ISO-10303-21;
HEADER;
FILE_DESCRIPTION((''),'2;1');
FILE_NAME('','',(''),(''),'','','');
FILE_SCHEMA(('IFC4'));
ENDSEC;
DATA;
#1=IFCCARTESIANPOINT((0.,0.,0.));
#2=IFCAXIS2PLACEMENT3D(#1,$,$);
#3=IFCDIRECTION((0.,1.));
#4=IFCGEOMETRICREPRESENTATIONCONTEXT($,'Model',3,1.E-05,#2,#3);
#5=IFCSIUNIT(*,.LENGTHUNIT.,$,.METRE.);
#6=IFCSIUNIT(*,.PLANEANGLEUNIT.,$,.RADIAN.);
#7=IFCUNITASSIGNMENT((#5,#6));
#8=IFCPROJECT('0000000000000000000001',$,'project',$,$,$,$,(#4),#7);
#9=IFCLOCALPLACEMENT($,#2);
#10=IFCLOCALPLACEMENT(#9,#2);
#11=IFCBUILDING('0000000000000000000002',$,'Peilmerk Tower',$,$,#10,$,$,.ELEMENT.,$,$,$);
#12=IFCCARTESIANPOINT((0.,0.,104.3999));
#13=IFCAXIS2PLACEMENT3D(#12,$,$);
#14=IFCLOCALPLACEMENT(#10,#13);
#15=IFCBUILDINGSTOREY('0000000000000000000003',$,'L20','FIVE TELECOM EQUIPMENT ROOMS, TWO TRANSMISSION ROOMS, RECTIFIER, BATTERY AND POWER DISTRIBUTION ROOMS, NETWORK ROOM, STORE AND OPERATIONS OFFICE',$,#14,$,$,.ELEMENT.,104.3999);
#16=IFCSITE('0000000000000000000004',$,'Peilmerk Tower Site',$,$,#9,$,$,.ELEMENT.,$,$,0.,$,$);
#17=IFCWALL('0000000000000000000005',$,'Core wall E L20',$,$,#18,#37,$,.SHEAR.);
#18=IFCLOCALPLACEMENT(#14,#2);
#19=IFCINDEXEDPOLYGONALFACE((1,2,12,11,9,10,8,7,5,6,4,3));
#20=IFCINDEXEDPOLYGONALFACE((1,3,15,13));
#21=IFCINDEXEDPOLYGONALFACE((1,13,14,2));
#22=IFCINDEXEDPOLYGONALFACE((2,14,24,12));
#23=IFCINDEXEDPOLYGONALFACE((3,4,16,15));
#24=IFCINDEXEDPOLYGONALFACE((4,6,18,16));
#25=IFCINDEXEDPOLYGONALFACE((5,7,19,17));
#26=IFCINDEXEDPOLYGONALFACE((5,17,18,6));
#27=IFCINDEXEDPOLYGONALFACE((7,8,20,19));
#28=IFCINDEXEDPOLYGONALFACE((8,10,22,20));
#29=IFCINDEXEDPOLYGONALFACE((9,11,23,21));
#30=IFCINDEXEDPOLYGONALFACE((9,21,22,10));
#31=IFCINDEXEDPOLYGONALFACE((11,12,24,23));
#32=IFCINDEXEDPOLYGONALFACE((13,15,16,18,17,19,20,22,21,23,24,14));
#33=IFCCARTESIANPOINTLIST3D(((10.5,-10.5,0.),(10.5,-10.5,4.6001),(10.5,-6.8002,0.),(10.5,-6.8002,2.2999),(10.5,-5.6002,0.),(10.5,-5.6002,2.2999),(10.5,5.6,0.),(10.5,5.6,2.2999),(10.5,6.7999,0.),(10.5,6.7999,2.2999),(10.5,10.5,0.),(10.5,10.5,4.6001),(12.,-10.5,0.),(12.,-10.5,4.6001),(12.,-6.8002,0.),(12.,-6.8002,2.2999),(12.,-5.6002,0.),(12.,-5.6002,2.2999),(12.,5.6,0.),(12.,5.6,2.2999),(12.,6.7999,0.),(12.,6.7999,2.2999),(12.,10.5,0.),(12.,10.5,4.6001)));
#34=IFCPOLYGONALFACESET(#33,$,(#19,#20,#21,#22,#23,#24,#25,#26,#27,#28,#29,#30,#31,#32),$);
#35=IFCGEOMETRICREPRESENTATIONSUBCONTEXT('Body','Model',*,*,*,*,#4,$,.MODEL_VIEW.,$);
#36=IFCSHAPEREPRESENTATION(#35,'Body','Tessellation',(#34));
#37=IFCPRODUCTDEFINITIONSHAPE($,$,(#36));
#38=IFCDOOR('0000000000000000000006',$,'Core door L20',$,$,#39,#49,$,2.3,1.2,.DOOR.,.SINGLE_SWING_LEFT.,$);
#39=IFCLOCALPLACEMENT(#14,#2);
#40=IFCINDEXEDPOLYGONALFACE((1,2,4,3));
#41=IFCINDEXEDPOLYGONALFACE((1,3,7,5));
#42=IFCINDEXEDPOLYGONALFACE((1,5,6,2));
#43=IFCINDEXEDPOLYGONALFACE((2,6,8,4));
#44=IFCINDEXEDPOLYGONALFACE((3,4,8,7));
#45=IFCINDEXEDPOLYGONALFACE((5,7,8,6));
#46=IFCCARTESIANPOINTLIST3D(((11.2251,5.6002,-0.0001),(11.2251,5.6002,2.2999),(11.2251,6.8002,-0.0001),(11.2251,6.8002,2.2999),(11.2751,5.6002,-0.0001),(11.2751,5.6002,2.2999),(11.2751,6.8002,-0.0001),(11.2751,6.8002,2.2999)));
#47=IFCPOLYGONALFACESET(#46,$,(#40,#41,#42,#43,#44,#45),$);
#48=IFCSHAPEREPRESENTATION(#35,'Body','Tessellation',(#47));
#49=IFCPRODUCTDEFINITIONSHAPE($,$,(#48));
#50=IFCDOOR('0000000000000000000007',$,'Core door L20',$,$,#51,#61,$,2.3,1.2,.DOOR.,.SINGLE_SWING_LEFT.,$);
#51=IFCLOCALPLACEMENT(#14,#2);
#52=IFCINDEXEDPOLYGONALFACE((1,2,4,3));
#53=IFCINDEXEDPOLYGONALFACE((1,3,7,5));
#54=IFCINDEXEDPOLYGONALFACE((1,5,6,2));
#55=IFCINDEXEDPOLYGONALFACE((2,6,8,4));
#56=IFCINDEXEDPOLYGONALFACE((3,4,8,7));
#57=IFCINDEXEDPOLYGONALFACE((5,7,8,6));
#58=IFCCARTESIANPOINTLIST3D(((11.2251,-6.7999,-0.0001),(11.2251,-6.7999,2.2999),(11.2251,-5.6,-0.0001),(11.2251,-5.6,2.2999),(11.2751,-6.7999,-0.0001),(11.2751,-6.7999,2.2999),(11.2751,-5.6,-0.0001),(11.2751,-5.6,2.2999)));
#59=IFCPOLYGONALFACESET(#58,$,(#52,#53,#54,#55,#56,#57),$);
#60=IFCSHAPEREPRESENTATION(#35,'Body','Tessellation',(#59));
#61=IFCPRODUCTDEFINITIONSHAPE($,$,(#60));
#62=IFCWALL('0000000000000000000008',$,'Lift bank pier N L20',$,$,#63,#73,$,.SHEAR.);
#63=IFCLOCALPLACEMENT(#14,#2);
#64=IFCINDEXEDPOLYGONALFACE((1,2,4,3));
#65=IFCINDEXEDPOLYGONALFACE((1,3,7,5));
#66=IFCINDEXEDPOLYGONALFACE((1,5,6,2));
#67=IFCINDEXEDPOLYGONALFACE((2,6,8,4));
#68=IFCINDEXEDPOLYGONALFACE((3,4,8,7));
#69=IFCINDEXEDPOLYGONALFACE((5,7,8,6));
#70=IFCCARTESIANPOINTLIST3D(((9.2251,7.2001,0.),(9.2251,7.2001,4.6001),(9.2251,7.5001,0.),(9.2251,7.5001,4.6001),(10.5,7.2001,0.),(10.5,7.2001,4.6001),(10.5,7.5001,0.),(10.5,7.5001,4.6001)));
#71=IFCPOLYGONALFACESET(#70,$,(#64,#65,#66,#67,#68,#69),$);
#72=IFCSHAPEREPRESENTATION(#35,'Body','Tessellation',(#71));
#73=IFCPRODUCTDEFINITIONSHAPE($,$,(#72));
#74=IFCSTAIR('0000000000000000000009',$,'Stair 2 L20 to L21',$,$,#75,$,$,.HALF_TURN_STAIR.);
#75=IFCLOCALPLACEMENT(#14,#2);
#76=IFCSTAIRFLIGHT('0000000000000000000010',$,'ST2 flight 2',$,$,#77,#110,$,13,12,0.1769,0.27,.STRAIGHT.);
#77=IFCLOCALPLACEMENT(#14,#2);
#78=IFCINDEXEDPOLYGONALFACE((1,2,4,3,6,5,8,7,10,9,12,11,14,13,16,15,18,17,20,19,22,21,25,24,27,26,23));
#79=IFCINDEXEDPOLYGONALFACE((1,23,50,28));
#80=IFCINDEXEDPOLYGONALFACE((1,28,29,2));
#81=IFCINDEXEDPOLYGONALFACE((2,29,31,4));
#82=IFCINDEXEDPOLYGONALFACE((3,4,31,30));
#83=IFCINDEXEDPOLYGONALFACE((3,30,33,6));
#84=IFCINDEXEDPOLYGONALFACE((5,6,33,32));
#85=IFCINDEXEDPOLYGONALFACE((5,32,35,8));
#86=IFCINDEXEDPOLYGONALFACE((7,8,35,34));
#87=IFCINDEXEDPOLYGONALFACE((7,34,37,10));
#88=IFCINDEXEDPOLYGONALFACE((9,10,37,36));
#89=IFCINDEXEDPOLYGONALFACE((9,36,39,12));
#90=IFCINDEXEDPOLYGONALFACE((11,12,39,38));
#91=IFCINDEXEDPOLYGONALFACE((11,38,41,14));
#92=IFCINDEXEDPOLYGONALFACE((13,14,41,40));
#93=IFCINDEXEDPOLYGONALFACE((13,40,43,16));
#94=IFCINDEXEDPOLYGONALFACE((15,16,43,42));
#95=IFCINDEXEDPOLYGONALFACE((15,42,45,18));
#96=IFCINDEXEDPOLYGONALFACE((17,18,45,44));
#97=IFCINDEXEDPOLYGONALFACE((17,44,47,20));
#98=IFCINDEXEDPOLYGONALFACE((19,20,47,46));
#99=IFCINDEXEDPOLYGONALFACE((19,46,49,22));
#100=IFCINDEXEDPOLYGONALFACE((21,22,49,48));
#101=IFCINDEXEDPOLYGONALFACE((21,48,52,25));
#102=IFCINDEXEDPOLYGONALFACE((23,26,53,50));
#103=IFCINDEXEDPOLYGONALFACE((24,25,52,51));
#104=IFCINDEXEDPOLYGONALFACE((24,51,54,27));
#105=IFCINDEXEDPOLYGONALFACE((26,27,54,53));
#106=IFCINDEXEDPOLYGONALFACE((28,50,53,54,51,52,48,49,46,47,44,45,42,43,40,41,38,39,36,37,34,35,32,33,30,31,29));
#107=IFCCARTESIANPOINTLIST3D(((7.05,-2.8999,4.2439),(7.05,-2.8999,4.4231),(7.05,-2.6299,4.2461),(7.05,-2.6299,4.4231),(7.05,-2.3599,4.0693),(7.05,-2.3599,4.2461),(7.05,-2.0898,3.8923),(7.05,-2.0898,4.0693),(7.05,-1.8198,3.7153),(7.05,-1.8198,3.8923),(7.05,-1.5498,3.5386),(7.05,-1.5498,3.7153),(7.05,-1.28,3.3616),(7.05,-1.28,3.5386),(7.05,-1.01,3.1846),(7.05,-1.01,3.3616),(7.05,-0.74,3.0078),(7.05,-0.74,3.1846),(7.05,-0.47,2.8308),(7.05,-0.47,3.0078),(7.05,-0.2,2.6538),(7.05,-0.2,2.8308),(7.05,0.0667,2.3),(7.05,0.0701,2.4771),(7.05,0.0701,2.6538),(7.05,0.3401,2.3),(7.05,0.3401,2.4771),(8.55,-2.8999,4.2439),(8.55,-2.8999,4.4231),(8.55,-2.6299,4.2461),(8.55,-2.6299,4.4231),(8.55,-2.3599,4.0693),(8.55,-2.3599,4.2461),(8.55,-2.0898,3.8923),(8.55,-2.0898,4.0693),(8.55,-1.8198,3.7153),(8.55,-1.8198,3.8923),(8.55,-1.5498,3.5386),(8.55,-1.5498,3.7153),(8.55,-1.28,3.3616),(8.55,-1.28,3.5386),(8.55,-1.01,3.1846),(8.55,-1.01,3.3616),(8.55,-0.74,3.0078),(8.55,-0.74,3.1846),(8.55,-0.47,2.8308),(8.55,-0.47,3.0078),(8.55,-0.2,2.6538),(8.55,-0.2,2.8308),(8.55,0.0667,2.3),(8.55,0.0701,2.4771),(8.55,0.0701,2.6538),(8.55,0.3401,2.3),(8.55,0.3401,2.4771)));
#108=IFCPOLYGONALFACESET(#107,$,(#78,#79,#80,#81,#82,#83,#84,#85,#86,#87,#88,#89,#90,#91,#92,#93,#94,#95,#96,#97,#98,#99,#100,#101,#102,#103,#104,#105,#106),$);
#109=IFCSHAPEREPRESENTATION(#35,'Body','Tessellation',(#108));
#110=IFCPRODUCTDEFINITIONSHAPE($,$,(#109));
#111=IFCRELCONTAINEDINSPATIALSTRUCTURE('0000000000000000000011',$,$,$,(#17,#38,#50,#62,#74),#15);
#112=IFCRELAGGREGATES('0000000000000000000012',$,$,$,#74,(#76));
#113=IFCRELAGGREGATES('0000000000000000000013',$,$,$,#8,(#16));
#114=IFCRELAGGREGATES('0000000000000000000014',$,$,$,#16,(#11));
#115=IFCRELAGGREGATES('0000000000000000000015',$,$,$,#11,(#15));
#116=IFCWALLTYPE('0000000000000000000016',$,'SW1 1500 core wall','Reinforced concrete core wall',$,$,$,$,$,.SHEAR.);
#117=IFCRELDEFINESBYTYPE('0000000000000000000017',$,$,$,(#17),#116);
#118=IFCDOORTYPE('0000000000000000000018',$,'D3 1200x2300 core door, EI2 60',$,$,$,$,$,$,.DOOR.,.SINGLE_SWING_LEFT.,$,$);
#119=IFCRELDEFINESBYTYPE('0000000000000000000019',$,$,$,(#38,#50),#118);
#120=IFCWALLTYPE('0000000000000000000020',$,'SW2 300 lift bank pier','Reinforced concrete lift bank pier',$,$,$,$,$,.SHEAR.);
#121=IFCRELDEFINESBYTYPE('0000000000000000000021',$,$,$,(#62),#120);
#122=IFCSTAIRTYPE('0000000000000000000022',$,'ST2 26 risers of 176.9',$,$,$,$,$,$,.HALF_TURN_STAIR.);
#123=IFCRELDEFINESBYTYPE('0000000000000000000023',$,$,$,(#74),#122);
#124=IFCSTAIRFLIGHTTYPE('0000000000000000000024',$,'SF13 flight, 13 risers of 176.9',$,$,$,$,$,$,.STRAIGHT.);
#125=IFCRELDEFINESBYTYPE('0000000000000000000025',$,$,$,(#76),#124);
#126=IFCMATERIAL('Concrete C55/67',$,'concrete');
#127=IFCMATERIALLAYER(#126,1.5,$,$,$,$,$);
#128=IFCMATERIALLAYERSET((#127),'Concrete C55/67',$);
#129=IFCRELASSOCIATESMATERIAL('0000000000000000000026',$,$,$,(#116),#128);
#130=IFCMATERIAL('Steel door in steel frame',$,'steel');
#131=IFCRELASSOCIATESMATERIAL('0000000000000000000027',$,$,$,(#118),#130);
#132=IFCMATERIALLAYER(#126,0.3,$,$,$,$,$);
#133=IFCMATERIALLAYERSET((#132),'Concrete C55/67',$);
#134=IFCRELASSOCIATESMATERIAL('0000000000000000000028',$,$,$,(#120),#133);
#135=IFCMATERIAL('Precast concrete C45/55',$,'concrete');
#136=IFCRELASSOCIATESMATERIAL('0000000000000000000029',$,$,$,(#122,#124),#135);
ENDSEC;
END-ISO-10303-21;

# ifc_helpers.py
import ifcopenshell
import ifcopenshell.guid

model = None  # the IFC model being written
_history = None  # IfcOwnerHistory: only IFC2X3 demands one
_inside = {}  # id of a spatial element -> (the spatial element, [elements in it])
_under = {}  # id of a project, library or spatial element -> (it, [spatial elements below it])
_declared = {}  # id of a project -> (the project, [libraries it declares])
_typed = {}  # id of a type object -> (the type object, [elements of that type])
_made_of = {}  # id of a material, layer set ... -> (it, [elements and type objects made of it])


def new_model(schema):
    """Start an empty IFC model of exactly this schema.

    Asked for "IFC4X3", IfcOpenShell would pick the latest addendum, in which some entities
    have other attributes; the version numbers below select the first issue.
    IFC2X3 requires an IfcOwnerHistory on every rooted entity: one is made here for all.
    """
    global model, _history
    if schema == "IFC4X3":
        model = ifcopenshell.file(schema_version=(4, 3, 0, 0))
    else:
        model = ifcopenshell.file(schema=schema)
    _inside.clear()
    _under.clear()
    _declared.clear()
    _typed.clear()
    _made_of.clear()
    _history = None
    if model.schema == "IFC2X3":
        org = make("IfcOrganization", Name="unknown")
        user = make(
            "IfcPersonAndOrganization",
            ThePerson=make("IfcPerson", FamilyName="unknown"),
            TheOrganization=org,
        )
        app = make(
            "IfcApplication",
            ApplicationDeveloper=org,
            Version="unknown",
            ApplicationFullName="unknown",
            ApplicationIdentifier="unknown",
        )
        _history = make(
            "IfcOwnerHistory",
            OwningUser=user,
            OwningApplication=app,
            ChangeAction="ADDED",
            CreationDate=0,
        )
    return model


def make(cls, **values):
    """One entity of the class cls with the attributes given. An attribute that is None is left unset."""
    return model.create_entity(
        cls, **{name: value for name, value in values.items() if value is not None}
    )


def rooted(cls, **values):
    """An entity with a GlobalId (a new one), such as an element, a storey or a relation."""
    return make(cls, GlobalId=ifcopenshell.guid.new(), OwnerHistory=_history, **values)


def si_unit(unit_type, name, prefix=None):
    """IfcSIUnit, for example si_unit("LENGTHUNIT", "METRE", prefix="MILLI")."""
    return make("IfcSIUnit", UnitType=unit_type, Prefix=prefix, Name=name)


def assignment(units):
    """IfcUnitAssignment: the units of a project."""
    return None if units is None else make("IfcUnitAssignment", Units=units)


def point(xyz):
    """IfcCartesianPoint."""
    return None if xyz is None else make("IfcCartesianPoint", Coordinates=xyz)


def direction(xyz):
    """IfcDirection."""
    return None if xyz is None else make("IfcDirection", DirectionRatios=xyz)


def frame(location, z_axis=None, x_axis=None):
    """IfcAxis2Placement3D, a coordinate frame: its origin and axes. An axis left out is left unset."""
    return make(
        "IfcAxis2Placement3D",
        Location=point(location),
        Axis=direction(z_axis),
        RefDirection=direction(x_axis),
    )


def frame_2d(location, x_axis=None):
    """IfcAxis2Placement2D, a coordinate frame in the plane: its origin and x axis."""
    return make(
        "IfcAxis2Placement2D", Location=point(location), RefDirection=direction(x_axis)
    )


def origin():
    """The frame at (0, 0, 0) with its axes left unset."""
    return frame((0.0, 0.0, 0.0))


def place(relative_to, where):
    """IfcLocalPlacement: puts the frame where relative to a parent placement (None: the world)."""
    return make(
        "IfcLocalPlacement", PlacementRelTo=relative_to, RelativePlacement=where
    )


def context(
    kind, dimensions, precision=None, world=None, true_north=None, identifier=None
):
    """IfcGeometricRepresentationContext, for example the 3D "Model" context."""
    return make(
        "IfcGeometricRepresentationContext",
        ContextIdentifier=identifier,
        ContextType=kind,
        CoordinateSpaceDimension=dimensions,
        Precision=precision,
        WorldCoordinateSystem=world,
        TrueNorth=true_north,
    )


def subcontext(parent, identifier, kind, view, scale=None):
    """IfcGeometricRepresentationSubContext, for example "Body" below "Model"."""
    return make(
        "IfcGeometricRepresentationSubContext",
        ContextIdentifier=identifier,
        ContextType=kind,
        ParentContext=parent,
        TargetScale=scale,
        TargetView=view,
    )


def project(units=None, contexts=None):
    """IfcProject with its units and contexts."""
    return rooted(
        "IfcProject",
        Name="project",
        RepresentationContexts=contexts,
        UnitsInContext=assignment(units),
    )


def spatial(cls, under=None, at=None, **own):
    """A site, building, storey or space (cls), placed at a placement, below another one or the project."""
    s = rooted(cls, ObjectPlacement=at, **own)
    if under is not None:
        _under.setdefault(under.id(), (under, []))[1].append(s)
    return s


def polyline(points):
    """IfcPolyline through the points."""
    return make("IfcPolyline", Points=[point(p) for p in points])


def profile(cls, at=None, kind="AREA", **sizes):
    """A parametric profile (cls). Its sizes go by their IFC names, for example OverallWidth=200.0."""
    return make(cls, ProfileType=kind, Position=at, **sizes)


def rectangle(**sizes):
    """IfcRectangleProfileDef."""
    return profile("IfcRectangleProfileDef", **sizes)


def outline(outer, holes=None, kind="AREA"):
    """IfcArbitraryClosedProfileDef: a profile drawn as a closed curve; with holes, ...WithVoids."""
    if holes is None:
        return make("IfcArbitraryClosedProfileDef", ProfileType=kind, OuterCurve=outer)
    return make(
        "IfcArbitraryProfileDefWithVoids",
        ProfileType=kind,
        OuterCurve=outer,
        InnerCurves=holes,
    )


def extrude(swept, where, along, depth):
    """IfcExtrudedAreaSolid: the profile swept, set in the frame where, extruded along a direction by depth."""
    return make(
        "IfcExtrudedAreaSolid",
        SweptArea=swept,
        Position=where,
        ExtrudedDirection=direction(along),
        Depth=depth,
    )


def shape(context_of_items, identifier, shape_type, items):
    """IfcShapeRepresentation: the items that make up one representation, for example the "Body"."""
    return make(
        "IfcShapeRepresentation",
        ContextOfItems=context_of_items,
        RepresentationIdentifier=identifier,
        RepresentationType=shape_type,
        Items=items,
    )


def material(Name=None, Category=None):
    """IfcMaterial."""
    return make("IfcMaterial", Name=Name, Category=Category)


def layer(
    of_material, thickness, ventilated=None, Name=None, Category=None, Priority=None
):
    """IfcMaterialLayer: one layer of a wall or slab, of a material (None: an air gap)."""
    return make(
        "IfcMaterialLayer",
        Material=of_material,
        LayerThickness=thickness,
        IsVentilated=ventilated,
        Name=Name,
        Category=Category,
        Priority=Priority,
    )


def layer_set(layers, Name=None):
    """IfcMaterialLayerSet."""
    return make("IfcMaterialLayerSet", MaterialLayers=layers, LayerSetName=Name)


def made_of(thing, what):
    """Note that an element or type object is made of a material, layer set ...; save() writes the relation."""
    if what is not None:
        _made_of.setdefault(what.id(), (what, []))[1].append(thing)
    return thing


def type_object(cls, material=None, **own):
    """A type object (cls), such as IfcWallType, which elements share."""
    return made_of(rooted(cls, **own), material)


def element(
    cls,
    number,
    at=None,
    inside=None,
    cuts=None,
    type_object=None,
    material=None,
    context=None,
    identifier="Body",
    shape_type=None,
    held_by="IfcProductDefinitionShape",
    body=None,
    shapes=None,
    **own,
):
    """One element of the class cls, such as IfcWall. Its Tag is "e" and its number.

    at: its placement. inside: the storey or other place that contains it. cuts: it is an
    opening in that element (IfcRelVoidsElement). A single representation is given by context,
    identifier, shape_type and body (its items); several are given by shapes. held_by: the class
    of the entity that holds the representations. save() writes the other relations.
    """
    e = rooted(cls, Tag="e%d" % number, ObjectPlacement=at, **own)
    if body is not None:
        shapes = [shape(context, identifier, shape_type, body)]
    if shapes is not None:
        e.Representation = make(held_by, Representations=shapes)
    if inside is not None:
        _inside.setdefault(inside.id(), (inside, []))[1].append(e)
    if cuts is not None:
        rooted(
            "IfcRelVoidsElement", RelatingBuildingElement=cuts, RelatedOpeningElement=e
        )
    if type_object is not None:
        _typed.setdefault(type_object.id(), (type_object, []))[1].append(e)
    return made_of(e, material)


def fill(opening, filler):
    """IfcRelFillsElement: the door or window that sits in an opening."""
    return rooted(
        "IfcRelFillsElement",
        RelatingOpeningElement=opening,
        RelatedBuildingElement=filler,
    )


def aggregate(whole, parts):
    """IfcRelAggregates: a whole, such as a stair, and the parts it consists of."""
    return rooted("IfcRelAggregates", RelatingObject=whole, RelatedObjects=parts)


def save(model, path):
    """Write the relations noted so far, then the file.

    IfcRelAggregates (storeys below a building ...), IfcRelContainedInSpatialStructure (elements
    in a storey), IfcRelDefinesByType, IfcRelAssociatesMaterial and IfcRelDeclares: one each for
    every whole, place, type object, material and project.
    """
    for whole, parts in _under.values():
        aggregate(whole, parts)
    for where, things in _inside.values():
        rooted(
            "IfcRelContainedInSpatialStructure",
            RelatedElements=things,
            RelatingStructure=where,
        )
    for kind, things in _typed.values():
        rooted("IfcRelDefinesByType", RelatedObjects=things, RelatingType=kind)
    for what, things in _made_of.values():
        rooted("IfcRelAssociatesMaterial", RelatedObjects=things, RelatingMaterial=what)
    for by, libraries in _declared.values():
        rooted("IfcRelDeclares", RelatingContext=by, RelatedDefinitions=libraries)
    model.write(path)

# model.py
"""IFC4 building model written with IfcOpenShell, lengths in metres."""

from ifc_helpers import new_model, si_unit, direction, frame, frame_2d, origin, place, context, subcontext, project, spatial, polyline, rectangle, outline, extrude, material, layer, layer_set, type_object, element, fill, aggregate, save


model = new_model("IFC4")

# Units and contexts
model_context = context("Model", 3, precision=1e-05, world=origin(), true_north=direction((0.0, 1.0)))
body_context = subcontext(model_context, "Body", "Model", "MODEL_VIEW")
ifc_project = project(units=[si_unit("LENGTHUNIT", "METRE"), si_unit("PLANEANGLEUNIT", "RADIAN")], contexts=[model_context])

# Site, building, storey
site_placement = place(None, origin())
site = spatial("IfcSite", under=ifc_project, at=site_placement, Name="Peilmerk Tower Site", CompositionType="ELEMENT", RefElevation=0.0)
building_placement = place(site_placement, origin())
building = spatial("IfcBuilding", under=site, at=building_placement, Name="Peilmerk Tower", CompositionType="ELEMENT")
storey_placement = place(building_placement, frame((0.0, 0.0, 104.3999)))
storey = spatial("IfcBuildingStorey", under=building, at=storey_placement, Name="L20", Description="FIVE TELECOM EQUIPMENT ROOMS, TWO TRANSMISSION ROOMS, RECTIFIER, BATTERY AND POWER DISTRIBUTION ROOMS, NETWORK ROOM, STORE AND OPERATIONS OFFICE", CompositionType="ELEMENT", Elevation=104.3999)

# Wall, openings, doors
ifc_material_1 = material(Name="Concrete C55/67", Category="concrete")
ifc_layer_1 = layer(ifc_material_1, 1.5)
ifc_layer_set_1 = layer_set([ifc_layer_1], Name="Concrete C55/67")
wall_type_1 = type_object("IfcWallType", Name="SW1 1500 core wall", Description="Reinforced concrete core wall", PredefinedType="SHEAR", material=ifc_layer_set_1)
wall_1_placement = place(storey_placement, frame((11.25, 10.5, 0.0), z_axis=(0.0, 0.0, 1.0), x_axis=(0.0, -1.0, 0.0)))
wall_1 = element("IfcWall", 1, at=wall_1_placement, inside=storey, type_object=wall_type_1, Name="Core wall E L20", PredefinedType="SHEAR", context=body_context, shape_type="SweptSolid", body=[
    extrude(rectangle(XDim=21.0, YDim=1.5, at=frame_2d((10.5, 0.0))), origin(), (0.0, 0.0, 1.0), 4.6001),
])
opening_1_placement = place(wall_1_placement, frame((3.7, 0.0, 0.0)))
opening_1 = element("IfcOpeningElement", 2, at=opening_1_placement, cuts=wall_1, PredefinedType="OPENING", context=body_context, shape_type="SweptSolid", body=[
    extrude(rectangle(XDim=1.2, YDim=2.3, at=frame_2d((0.6001, 1.1499))), frame((0.0, 0.76, 0.0), z_axis=(0.0, -1.0, 0.0), x_axis=(1.0, 0.0, 0.0)), (0.0, 0.0, 1.0), 1.52),
])
opening_2_placement = place(wall_1_placement, frame((16.1001, 0.0, 0.0)))
opening_2 = element("IfcOpeningElement", 3, at=opening_2_placement, cuts=wall_1, PredefinedType="OPENING", context=body_context, shape_type="SweptSolid", body=[
    extrude(rectangle(XDim=1.2, YDim=2.3, at=frame_2d((0.6001, 1.1499))), frame((0.0, 0.76, 0.0), z_axis=(0.0, -1.0, 0.0), x_axis=(1.0, 0.0, 0.0)), (0.0, 0.0, 1.0), 1.52),
])
ifc_material_2 = material(Name="Steel door in steel frame", Category="steel")
door_type = type_object("IfcDoorType", Name="D3 1200x2300 core door, EI2 60", OperationType="SINGLE_SWING_LEFT", PredefinedType="DOOR", material=ifc_material_2)
door_1_placement = place(opening_1_placement, frame((1.2, 0.0, 0.0), z_axis=(0.0, 0.0, 1.0), x_axis=(-1.0, 0.0, 0.0)))
door_1 = element("IfcDoor", 4, at=door_1_placement, inside=storey, type_object=door_type, Name="Core door L20", OperationType="SINGLE_SWING_LEFT", OverallHeight=2.3, OverallWidth=1.2, PredefinedType="DOOR", context=body_context, shape_type="SweptSolid", body=[
    extrude(rectangle(XDim=1.2, YDim=2.3, at=frame_2d((0.6001, 1.1499))), frame((0.0, 0.0249, 0.0), z_axis=(0.0, -1.0, 0.0), x_axis=(1.0, 0.0, 0.0)), (0.0, 0.0, 1.0), 0.05),
])
fill(opening_1, door_1)
door_2_placement = place(opening_2_placement, frame((1.2, 0.0, 0.0), z_axis=(0.0, 0.0, 1.0), x_axis=(-1.0, 0.0, 0.0)))
door_2 = element("IfcDoor", 5, at=door_2_placement, inside=storey, type_object=door_type, Name="Core door L20", OperationType="SINGLE_SWING_LEFT", OverallHeight=2.3, OverallWidth=1.2, PredefinedType="DOOR", context=body_context, shape_type="SweptSolid", body=[
    extrude(rectangle(XDim=1.2, YDim=2.3, at=frame_2d((0.6001, 1.1499))), frame((0.0, 0.0249, 0.0), z_axis=(0.0, -1.0, 0.0), x_axis=(1.0, 0.0, 0.0)), (0.0, 0.0, 1.0), 0.05),
])
fill(opening_2, door_2)

# Wall
ifc_layer_2 = layer(ifc_material_1, 0.3)
ifc_layer_set_2 = layer_set([ifc_layer_2], Name="Concrete C55/67")
wall_type_2 = type_object("IfcWallType", Name="SW2 300 lift bank pier", Description="Reinforced concrete lift bank pier", PredefinedType="SHEAR", material=ifc_layer_set_2)
wall_2_placement = place(storey_placement, frame((9.2251, 7.3501, 0.0), z_axis=(0.0, 0.0, 1.0), x_axis=(1.0, 0.0, 0.0)))
element("IfcWall", 6, at=wall_2_placement, inside=storey, type_object=wall_type_2, Name="Lift bank pier N L20", PredefinedType="SHEAR", context=body_context, shape_type="SweptSolid", body=[
    extrude(rectangle(XDim=1.2749, YDim=0.3, at=frame_2d((0.6375, 0.0))), origin(), (0.0, 0.0, 1.0), 4.6001),
])

# Stair, stair flight
ifc_material_3 = material(Name="Precast concrete C45/55", Category="concrete")
stair_type = type_object("IfcStairType", Name="ST2 26 risers of 176.9", PredefinedType="HALF_TURN_STAIR", material=ifc_material_3)
stair_placement = place(storey_placement, origin())
stair = element("IfcStair", 7, at=stair_placement, inside=storey, type_object=stair_type, Name="Stair 2 L20 to L21", PredefinedType="HALF_TURN_STAIR")
stair_flight_type = type_object("IfcStairFlightType", Name="SF13 flight, 13 risers of 176.9", PredefinedType="STRAIGHT", material=ifc_material_3)
stair_flight_placement = place(storey_placement, frame((7.8, 0.3401, 2.3), z_axis=(0.0, 0.0, 1.0), x_axis=(0.0, -1.0, 0.0)))
stair_flight = element("IfcStairFlight", 8, at=stair_flight_placement, type_object=stair_flight_type, Name="ST2 flight 2", NumberOfRisers=13, NumberOfTreads=12, PredefinedType="STRAIGHT", RiserHeight=0.1769, TreadLength=0.27, context=body_context, shape_type="SweptSolid", body=[
    extrude(outline(polyline([(0.0, 0.0), (0.0, 0.177), (0.27, 0.177), (0.27, 0.3538), (0.54, 0.3538), (0.54, 0.5308), (0.8101, 0.5308), (0.8101, 0.7078), (1.0801, 0.7078), (1.0801, 0.8845), (1.3501, 0.8845), (1.3501, 1.0615), (1.6201, 1.0615), (1.6201, 1.2385), (1.8899, 1.2385), (1.8899, 1.4153), (2.1599, 1.4153), (2.1599, 1.5923), (2.4299, 1.5923), (2.4299, 1.7693), (2.7, 1.7693), (2.7, 1.946), (2.97, 1.946), (2.97, 2.123), (3.24, 2.123), (3.24, 2.3), (3.24, 1.9438), (0.2734, 0.0), (0.0, 0.0)])), frame((0.0, 0.75, 0.0), z_axis=(0.0, -1.0, 0.0), x_axis=(1.0, 0.0, 0.0)), (0.0, 0.0, 1.0), 1.5),
])
aggregate(stair, [stair_flight])

save(model, "model.ifc")
